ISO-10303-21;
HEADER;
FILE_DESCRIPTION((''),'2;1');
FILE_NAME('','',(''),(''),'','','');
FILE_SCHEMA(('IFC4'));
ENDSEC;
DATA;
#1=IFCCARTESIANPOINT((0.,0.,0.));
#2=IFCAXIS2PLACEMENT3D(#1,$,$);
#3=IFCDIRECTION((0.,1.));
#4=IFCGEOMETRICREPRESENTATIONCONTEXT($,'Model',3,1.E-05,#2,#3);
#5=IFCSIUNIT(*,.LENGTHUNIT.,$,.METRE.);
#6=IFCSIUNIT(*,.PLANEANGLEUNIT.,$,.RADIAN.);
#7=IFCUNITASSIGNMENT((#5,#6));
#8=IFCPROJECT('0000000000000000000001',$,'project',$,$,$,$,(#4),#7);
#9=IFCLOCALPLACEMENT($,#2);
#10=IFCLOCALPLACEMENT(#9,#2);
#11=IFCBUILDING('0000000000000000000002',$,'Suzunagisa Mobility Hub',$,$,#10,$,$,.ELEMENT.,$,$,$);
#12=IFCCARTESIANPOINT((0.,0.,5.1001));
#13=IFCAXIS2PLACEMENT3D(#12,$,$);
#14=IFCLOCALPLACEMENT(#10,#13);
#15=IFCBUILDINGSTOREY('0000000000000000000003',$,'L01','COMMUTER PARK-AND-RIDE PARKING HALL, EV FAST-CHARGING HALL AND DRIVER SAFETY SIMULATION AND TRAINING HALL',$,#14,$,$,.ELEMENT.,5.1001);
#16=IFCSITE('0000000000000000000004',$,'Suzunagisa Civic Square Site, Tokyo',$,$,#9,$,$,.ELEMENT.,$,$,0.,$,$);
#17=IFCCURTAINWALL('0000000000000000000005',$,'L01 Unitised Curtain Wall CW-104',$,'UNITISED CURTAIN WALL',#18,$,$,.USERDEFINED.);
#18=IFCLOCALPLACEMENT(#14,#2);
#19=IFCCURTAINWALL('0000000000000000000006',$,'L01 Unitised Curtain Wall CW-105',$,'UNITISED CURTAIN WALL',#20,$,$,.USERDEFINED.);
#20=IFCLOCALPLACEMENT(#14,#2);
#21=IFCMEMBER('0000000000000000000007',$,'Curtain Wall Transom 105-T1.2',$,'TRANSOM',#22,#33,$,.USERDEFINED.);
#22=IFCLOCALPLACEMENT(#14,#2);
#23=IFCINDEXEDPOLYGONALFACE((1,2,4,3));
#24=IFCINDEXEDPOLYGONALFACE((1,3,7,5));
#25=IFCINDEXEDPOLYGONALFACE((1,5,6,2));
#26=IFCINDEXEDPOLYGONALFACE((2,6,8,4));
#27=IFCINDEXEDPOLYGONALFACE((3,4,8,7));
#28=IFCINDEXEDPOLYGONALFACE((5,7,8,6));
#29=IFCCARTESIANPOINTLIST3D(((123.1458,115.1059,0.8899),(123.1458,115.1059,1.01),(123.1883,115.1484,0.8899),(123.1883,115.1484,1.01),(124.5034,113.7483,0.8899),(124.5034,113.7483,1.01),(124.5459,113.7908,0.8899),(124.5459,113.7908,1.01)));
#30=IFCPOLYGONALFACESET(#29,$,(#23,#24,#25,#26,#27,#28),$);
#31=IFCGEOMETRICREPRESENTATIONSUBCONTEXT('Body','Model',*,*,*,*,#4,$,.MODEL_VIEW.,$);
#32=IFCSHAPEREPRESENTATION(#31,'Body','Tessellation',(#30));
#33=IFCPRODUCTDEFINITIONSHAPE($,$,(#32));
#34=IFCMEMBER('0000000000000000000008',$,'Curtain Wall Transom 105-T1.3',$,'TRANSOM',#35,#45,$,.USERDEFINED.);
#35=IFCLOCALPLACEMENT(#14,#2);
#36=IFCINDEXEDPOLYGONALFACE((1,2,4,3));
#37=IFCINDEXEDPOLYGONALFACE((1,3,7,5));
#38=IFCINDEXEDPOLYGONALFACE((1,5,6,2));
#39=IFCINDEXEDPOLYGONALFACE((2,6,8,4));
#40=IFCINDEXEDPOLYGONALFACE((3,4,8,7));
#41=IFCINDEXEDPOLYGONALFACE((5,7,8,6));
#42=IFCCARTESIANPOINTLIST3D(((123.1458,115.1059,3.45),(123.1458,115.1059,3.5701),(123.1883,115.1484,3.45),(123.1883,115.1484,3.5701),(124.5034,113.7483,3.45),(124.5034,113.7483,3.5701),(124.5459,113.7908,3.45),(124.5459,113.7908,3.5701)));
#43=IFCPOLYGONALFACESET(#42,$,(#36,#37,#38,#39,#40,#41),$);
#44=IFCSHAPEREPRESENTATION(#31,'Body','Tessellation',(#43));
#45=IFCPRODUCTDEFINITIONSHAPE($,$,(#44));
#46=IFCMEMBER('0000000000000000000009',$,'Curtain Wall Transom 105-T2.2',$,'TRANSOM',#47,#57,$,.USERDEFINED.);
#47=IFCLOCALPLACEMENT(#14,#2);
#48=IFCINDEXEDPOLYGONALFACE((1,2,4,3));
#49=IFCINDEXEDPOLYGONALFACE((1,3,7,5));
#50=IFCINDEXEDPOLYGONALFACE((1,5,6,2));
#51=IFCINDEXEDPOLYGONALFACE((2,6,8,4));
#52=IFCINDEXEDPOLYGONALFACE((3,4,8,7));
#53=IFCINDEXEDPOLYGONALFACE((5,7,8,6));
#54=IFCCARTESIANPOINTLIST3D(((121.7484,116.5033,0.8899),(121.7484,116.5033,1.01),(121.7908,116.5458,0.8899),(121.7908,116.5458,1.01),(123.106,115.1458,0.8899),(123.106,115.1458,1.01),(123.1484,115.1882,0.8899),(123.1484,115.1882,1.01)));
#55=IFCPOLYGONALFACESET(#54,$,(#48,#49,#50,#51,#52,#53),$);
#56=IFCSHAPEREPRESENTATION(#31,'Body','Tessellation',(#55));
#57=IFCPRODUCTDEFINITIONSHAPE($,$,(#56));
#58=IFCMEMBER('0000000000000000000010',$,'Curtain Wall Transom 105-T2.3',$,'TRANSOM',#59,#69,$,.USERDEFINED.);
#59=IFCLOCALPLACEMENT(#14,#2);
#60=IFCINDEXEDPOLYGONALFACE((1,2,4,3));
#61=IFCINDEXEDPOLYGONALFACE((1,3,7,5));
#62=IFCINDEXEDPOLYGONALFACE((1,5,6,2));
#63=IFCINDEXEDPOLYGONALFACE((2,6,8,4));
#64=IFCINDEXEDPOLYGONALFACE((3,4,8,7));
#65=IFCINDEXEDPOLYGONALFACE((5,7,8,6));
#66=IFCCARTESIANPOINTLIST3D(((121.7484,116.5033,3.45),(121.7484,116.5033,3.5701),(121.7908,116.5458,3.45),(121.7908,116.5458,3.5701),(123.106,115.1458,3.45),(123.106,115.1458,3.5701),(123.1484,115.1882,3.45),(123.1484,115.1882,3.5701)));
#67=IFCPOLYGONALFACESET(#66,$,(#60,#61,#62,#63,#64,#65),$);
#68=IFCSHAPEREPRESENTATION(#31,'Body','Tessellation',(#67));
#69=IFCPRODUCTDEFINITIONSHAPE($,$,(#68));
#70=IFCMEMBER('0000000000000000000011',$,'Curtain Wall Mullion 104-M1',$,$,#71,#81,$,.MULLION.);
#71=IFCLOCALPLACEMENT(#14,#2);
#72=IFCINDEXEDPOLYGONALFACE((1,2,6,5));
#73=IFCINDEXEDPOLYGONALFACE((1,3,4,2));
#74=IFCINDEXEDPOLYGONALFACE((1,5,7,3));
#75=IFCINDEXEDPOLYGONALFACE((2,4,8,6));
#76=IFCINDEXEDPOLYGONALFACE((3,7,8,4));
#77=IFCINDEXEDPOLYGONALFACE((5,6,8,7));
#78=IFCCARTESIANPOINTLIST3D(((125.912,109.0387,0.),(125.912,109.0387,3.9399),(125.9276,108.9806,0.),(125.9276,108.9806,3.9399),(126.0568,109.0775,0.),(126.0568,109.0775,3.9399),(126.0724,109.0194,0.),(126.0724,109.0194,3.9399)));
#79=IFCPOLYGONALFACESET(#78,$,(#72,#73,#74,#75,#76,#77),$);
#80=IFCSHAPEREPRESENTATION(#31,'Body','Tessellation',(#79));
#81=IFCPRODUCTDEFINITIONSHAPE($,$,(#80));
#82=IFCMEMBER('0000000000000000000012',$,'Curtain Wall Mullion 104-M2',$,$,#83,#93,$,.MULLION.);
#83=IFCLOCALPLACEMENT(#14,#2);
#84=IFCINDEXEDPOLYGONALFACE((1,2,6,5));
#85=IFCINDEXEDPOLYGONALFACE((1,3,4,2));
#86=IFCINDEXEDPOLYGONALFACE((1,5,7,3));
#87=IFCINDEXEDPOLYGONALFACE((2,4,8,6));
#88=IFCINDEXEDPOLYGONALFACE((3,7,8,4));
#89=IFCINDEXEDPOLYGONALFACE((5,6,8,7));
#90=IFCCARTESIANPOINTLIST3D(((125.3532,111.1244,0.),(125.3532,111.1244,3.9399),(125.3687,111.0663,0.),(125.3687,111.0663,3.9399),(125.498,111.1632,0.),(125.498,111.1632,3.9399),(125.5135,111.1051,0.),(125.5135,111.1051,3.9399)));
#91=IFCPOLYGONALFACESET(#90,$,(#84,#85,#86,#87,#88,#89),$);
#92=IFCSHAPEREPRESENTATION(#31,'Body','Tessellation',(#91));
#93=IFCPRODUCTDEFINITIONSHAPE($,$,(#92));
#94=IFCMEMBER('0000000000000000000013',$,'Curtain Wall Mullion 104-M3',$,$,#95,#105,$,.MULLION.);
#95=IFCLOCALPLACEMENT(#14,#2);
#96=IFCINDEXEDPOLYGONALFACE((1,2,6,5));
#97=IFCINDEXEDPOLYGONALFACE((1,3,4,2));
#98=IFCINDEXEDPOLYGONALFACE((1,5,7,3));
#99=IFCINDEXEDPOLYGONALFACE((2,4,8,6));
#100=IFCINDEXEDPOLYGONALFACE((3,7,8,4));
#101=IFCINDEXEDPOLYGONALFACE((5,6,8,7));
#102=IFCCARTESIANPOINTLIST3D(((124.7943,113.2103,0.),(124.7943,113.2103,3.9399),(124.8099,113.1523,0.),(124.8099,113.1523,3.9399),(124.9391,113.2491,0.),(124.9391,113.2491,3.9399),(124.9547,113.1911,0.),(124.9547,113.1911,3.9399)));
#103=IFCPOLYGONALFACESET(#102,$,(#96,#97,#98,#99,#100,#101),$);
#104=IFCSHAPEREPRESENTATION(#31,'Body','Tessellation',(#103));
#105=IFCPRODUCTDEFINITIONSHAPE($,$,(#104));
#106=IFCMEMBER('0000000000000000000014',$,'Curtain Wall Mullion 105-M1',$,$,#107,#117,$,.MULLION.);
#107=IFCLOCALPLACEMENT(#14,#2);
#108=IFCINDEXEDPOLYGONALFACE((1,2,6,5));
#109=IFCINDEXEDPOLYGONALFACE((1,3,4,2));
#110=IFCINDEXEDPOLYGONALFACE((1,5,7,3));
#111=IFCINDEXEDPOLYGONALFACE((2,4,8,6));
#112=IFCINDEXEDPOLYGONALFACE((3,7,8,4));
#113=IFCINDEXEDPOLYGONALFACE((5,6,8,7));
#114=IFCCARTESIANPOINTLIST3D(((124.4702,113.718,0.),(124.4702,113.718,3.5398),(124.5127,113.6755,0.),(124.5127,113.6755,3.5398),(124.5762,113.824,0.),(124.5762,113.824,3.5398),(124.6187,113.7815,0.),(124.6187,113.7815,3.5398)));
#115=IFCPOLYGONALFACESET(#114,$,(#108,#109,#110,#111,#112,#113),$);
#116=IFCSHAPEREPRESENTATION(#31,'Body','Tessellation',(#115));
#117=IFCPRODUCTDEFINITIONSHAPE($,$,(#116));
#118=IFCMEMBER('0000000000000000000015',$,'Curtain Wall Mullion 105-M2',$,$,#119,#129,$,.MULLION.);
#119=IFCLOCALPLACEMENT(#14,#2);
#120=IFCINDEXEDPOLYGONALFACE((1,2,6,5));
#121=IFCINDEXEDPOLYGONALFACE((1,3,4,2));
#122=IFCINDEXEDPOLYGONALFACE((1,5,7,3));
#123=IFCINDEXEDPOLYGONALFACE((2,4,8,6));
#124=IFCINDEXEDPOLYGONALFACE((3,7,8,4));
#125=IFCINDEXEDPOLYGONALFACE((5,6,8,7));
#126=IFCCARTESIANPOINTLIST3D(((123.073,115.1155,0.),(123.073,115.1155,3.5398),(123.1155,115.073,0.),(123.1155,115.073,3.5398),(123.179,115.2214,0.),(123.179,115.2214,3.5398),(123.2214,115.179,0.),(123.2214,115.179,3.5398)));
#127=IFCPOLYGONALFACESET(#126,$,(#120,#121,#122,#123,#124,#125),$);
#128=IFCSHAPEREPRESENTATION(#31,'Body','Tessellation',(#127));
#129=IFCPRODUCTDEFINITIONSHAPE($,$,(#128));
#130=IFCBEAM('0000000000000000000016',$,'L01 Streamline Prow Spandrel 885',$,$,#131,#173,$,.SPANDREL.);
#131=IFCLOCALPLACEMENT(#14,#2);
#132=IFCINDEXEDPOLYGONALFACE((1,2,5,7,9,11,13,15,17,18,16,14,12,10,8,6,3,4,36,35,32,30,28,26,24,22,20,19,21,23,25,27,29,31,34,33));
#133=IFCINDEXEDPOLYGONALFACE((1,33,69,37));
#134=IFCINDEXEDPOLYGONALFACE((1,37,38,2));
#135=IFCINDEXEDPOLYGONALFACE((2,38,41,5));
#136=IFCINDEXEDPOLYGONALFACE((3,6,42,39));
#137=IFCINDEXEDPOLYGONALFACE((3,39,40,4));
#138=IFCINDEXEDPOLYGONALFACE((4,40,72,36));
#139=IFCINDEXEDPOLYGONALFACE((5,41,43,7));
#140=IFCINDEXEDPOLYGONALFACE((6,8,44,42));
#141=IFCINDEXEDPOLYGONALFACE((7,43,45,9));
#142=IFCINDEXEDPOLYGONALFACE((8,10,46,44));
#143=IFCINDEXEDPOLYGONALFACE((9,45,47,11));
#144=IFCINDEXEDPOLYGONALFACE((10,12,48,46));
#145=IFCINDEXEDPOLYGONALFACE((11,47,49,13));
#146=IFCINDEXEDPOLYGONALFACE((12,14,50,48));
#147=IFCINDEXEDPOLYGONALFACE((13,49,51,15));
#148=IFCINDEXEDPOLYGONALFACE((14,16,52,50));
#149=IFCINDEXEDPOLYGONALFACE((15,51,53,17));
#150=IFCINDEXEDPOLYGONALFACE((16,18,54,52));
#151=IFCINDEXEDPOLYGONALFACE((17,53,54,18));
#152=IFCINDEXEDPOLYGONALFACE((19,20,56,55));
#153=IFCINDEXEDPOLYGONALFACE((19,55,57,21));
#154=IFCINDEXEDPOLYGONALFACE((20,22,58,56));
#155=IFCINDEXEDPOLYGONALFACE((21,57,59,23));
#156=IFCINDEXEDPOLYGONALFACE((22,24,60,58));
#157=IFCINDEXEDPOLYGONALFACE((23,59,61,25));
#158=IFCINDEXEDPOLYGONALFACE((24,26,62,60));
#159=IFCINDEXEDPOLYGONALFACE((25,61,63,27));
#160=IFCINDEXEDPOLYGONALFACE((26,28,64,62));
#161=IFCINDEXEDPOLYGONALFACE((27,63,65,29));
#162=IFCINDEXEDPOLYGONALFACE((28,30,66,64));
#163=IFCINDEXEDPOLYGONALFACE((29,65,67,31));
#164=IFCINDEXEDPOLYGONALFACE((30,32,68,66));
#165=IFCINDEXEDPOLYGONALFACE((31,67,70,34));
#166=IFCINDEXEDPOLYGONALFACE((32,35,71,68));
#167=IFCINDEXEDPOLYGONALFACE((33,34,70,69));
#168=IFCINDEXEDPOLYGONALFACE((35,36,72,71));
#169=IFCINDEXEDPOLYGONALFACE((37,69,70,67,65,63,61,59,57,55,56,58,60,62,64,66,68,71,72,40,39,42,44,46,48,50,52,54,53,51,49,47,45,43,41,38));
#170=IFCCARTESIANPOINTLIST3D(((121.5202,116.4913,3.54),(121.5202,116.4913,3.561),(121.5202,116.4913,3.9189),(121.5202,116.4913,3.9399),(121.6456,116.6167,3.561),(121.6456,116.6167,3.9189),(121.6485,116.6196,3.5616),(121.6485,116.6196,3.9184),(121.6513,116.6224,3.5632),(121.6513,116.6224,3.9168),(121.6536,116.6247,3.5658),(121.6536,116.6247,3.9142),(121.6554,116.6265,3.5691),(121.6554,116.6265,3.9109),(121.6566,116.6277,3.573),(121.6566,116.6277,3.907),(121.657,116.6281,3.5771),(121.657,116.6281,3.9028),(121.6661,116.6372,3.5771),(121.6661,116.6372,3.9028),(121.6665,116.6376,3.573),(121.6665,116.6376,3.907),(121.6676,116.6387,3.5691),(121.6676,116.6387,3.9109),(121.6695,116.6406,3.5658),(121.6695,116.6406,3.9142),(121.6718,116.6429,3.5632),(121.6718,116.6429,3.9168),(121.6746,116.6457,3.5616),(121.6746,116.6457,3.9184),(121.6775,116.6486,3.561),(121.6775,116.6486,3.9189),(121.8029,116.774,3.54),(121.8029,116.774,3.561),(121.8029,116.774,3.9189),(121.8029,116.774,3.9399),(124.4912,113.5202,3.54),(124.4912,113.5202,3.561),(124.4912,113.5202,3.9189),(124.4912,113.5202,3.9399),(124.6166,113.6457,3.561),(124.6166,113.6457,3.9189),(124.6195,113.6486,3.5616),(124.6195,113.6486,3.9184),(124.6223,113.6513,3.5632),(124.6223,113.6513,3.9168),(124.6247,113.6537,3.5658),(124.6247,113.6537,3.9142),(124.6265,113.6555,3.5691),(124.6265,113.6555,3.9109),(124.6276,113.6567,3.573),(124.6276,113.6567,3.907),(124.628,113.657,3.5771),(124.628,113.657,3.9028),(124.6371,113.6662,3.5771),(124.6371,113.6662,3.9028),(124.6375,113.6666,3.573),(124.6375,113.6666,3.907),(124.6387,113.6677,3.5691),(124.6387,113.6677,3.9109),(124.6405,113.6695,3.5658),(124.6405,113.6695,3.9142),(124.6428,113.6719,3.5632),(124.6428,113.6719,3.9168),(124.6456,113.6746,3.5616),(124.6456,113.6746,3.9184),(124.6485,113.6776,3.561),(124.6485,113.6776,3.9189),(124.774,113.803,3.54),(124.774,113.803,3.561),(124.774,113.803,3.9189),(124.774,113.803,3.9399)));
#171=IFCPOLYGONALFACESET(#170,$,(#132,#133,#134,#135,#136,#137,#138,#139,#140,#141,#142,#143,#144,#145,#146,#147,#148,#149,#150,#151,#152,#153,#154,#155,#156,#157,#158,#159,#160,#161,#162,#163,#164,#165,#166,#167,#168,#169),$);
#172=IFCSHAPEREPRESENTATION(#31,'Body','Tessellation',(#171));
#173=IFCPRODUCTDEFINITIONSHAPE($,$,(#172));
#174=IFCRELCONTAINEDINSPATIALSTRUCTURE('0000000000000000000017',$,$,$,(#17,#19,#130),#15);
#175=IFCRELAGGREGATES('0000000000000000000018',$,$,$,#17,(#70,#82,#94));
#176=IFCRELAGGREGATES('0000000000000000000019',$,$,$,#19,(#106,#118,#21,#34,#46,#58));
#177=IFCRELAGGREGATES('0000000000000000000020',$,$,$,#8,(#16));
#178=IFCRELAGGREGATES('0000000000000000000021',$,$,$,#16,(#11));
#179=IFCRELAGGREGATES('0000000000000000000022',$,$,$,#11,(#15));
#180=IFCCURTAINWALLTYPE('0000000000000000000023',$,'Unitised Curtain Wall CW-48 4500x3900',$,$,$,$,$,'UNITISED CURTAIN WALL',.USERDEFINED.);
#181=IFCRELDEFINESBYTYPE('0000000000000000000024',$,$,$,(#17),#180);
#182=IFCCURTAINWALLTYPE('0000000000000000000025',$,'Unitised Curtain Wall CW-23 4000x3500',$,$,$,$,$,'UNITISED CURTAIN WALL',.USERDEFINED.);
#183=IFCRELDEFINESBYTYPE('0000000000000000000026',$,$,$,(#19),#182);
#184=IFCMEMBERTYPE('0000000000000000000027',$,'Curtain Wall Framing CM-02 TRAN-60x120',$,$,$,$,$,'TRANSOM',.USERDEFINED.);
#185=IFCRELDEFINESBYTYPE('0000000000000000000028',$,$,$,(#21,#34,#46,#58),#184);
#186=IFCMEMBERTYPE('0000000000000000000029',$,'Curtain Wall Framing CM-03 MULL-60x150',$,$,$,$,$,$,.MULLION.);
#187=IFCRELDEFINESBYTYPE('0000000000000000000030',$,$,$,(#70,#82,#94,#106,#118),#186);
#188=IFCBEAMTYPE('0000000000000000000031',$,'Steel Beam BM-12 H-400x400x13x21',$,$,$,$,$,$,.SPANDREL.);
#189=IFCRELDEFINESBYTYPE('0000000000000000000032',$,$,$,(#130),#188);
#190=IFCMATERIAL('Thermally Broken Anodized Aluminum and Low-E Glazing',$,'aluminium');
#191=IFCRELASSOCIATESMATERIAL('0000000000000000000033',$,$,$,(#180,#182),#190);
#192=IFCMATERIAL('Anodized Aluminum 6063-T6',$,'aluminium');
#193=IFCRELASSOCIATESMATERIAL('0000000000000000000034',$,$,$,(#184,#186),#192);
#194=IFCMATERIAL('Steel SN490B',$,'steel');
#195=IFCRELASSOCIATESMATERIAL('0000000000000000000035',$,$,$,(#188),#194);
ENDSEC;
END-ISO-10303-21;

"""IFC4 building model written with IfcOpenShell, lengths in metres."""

from ifc_helpers import new_model, si_unit, direction, frame, origin, origin_2d, place, context, subcontext, project, spatial, rectangle, i_section, extrude, material, material_profile, profile_set, type_object, element, aggregate, save


model = new_model("IFC4")

# Units and contexts
model_context = context("Model", 3, precision=1e-05, world=origin(), true_north=direction((0.0, 1.0)))
body_context = subcontext(model_context, "Body", "Model", "MODEL_VIEW")
ifc_project = project(units=[si_unit("LENGTHUNIT", "METRE"), si_unit("PLANEANGLEUNIT", "RADIAN")], contexts=[model_context])

# Site, building, storey
site_placement = place(None, origin())
site = spatial("IfcSite", under=ifc_project, at=site_placement, Name="Suzunagisa Civic Square Site, Tokyo", CompositionType="ELEMENT", RefElevation=0.0)
building_placement = place(site_placement, origin())
building = spatial("IfcBuilding", under=site, at=building_placement, Name="Suzunagisa Mobility Hub", CompositionType="ELEMENT")
storey_placement = place(building_placement, frame((0.0, 0.0, 5.1001)))
storey = spatial("IfcBuildingStorey", under=building, at=storey_placement, Name="L01", Description="COMMUTER PARK-AND-RIDE PARKING HALL, EV FAST-CHARGING HALL AND DRIVER SAFETY SIMULATION AND TRAINING HALL", CompositionType="ELEMENT", Elevation=5.1001)

# Shared definitions
ifc_material_1 = material(Name="Steel SN490B", Category="steel")

# Curtain walls, members
ifc_material_2 = material(Name="Thermally Broken Anodized Aluminum and Low-E Glazing", Category="aluminium")
curtain_wall_type_1 = type_object("IfcCurtainWallType", Name="Unitised Curtain Wall CW-48 4500x3900", ElementType="UNITISED CURTAIN WALL", PredefinedType="USERDEFINED", material=ifc_material_2)
curtain_wall_1_placement = place(storey_placement, origin())
curtain_wall_1 = element("IfcCurtainWall", 1, at=curtain_wall_1_placement, inside=storey, type_object=curtain_wall_type_1, Name="L01 Unitised Curtain Wall CW-104", ObjectType="UNITISED CURTAIN WALL", PredefinedType="USERDEFINED")
ifc_material_3 = material(Name="Anodized Aluminum 6063-T6", Category="aluminium")
ifc_material_profile_1 = material_profile(ifc_material_3, rectangle(XDim=0.0601, YDim=0.1201, at=origin_2d()), Name="TRAN-60x120")
ifc_profile_set_1 = profile_set([ifc_material_profile_1], Name="Anodized Aluminum 6063-T6")
member_type_1 = type_object("IfcMemberType", Name="Curtain Wall Framing CM-02 TRAN-60x120", ElementType="TRANSOM", PredefinedType="USERDEFINED", material=ifc_profile_set_1)
curtain_wall_type_2 = type_object("IfcCurtainWallType", Name="Unitised Curtain Wall CW-23 4000x3500", ElementType="UNITISED CURTAIN WALL", PredefinedType="USERDEFINED", material=ifc_material_2)
curtain_wall_2_placement = place(storey_placement, origin())
curtain_wall_2 = element("IfcCurtainWall", 2, at=curtain_wall_2_placement, inside=storey, type_object=curtain_wall_type_2, Name="L01 Unitised Curtain Wall CW-105", ObjectType="UNITISED CURTAIN WALL", PredefinedType="USERDEFINED")
member_1_placement = place(storey_placement, frame((124.5247, 113.7695, 0.95), z_axis=(-0.707107, 0.707107, 0.0), x_axis=(-0.707107, -0.707107, 0.0)))
member_1 = element("IfcMember", 3, at=member_1_placement, type_object=member_type_1, Name="Curtain Wall Transom 105-T1.2", ObjectType="TRANSOM", PredefinedType="USERDEFINED", context=body_context, shape_type="SweptSolid", body=[
    extrude(rectangle(XDim=0.0601, YDim=0.1201, at=origin_2d()), origin(), (0.0, 0.0, 1.0), 1.9199),
])
member_2_placement = place(storey_placement, frame((124.5247, 113.7695, 3.51), z_axis=(-0.707107, 0.707107, 0.0), x_axis=(-0.707107, -0.707107, 0.0)))
member_2 = element("IfcMember", 4, at=member_2_placement, type_object=member_type_1, Name="Curtain Wall Transom 105-T1.3", ObjectType="TRANSOM", PredefinedType="USERDEFINED", context=body_context, shape_type="SweptSolid", body=[
    extrude(rectangle(XDim=0.0601, YDim=0.1201, at=origin_2d()), origin(), (0.0, 0.0, 1.0), 1.9199),
])
member_3_placement = place(storey_placement, frame((123.1272, 115.167, 0.95), z_axis=(-0.707107, 0.707107, 0.0), x_axis=(-0.707107, -0.707107, 0.0)))
member_3 = element("IfcMember", 5, at=member_3_placement, type_object=member_type_1, Name="Curtain Wall Transom 105-T2.2", ObjectType="TRANSOM", PredefinedType="USERDEFINED", context=body_context, shape_type="SweptSolid", body=[
    extrude(rectangle(XDim=0.0601, YDim=0.1201, at=origin_2d()), origin(), (0.0, 0.0, 1.0), 1.9199),
])
member_4_placement = place(storey_placement, frame((123.1272, 115.167, 3.51), z_axis=(-0.707107, 0.707107, 0.0), x_axis=(-0.707107, -0.707107, 0.0)))
member_4 = element("IfcMember", 6, at=member_4_placement, type_object=member_type_1, Name="Curtain Wall Transom 105-T2.3", ObjectType="TRANSOM", PredefinedType="USERDEFINED", context=body_context, shape_type="SweptSolid", body=[
    extrude(rectangle(XDim=0.0601, YDim=0.1201, at=origin_2d()), origin(), (0.0, 0.0, 1.0), 1.9199),
])

# Members
ifc_material_profile_2 = material_profile(ifc_material_3, rectangle(XDim=0.0601, YDim=0.1499, at=origin_2d()), Name="MULL-60x150")
ifc_profile_set_2 = profile_set([ifc_material_profile_2], Name="Anodized Aluminum 6063-T6")
member_type_2 = type_object("IfcMemberType", Name="Curtain Wall Framing CM-03 MULL-60x150", PredefinedType="MULLION", material=ifc_profile_set_2)
member_5_placement = place(storey_placement, frame((125.9922, 109.0291, 0.0), z_axis=(0.0, 0.0, 1.0), x_axis=(-0.258815, 0.965927, 0.0)))
member_5 = element("IfcMember", 7, at=member_5_placement, type_object=member_type_2, Name="Curtain Wall Mullion 104-M1", PredefinedType="MULLION", context=body_context, shape_type="SweptSolid", body=[
    extrude(rectangle(XDim=0.0601, YDim=0.1499, at=origin_2d()), origin(), (0.0, 0.0, 1.0), 3.9399),
])
member_6_placement = place(storey_placement, frame((125.4333, 111.1147, 0.0), z_axis=(0.0, 0.0, 1.0), x_axis=(-0.258815, 0.965927, 0.0)))
member_6 = element("IfcMember", 8, at=member_6_placement, type_object=member_type_2, Name="Curtain Wall Mullion 104-M2", PredefinedType="MULLION", context=body_context, shape_type="SweptSolid", body=[
    extrude(rectangle(XDim=0.0601, YDim=0.1499, at=origin_2d()), origin(), (0.0, 0.0, 1.0), 3.9399),
])
member_7_placement = place(storey_placement, frame((124.8745, 113.2007, 0.0), z_axis=(0.0, 0.0, 1.0), x_axis=(-0.258815, 0.965927, 0.0)))
member_7 = element("IfcMember", 9, at=member_7_placement, type_object=member_type_2, Name="Curtain Wall Mullion 104-M3", PredefinedType="MULLION", context=body_context, shape_type="SweptSolid", body=[
    extrude(rectangle(XDim=0.0601, YDim=0.1499, at=origin_2d()), origin(), (0.0, 0.0, 1.0), 3.9399),
])
member_8_placement = place(storey_placement, frame((124.5444, 113.7498, 0.0), z_axis=(0.0, 0.0, 1.0), x_axis=(-0.707107, 0.707107, 0.0)))
member_8 = element("IfcMember", 10, at=member_8_placement, type_object=member_type_2, Name="Curtain Wall Mullion 105-M1", PredefinedType="MULLION", context=body_context, shape_type="SweptSolid", body=[
    extrude(rectangle(XDim=0.0601, YDim=0.1499, at=origin_2d()), origin(), (0.0, 0.0, 1.0), 3.5398),
])
member_9_placement = place(storey_placement, frame((123.1472, 115.1472, 0.0), z_axis=(0.0, 0.0, 1.0), x_axis=(-0.707107, 0.707107, 0.0)))
member_9 = element("IfcMember", 11, at=member_9_placement, type_object=member_type_2, Name="Curtain Wall Mullion 105-M2", PredefinedType="MULLION", context=body_context, shape_type="SweptSolid", body=[
    extrude(rectangle(XDim=0.0601, YDim=0.1499, at=origin_2d()), origin(), (0.0, 0.0, 1.0), 3.5398),
])

# Beam
ifc_material_profile_3 = material_profile(ifc_material_1, i_section(OverallWidth=0.3999, OverallDepth=0.3999, WebThickness=0.0129, FlangeThickness=0.021, FilletRadius=0.0161, at=origin_2d()), Name="H-400x400x13x21")
ifc_profile_set_3 = profile_set([ifc_material_profile_3], Name="Steel SN490B")
beam_type_1 = type_object("IfcBeamType", Name="Steel Beam BM-12 H-400x400x13x21", PredefinedType="SPANDREL", material=ifc_profile_set_3)
beam_1_placement = place(storey_placement, frame((124.6326, 113.6616, 3.74), z_axis=(-0.707107, 0.707107, 0.0), x_axis=(-0.707107, -0.707107, 0.0)))
element("IfcBeam", 12, at=beam_1_placement, inside=storey, type_object=beam_type_1, Name="L01 Streamline Prow Spandrel 885", PredefinedType="SPANDREL", context=body_context, shape_type="SweptSolid", body=[
    extrude(i_section(OverallWidth=0.3999, OverallDepth=0.3999, WebThickness=0.0129, FlangeThickness=0.021, FilletRadius=0.0161, at=origin_2d()), origin(), (0.0, 0.0, 1.0), 4.2017),
])

aggregate(curtain_wall_1, [member_5, member_6, member_7])
aggregate(curtain_wall_2, [member_8, member_9, member_1, member_2, member_3, member_4])

save(model, "model.ifc")
